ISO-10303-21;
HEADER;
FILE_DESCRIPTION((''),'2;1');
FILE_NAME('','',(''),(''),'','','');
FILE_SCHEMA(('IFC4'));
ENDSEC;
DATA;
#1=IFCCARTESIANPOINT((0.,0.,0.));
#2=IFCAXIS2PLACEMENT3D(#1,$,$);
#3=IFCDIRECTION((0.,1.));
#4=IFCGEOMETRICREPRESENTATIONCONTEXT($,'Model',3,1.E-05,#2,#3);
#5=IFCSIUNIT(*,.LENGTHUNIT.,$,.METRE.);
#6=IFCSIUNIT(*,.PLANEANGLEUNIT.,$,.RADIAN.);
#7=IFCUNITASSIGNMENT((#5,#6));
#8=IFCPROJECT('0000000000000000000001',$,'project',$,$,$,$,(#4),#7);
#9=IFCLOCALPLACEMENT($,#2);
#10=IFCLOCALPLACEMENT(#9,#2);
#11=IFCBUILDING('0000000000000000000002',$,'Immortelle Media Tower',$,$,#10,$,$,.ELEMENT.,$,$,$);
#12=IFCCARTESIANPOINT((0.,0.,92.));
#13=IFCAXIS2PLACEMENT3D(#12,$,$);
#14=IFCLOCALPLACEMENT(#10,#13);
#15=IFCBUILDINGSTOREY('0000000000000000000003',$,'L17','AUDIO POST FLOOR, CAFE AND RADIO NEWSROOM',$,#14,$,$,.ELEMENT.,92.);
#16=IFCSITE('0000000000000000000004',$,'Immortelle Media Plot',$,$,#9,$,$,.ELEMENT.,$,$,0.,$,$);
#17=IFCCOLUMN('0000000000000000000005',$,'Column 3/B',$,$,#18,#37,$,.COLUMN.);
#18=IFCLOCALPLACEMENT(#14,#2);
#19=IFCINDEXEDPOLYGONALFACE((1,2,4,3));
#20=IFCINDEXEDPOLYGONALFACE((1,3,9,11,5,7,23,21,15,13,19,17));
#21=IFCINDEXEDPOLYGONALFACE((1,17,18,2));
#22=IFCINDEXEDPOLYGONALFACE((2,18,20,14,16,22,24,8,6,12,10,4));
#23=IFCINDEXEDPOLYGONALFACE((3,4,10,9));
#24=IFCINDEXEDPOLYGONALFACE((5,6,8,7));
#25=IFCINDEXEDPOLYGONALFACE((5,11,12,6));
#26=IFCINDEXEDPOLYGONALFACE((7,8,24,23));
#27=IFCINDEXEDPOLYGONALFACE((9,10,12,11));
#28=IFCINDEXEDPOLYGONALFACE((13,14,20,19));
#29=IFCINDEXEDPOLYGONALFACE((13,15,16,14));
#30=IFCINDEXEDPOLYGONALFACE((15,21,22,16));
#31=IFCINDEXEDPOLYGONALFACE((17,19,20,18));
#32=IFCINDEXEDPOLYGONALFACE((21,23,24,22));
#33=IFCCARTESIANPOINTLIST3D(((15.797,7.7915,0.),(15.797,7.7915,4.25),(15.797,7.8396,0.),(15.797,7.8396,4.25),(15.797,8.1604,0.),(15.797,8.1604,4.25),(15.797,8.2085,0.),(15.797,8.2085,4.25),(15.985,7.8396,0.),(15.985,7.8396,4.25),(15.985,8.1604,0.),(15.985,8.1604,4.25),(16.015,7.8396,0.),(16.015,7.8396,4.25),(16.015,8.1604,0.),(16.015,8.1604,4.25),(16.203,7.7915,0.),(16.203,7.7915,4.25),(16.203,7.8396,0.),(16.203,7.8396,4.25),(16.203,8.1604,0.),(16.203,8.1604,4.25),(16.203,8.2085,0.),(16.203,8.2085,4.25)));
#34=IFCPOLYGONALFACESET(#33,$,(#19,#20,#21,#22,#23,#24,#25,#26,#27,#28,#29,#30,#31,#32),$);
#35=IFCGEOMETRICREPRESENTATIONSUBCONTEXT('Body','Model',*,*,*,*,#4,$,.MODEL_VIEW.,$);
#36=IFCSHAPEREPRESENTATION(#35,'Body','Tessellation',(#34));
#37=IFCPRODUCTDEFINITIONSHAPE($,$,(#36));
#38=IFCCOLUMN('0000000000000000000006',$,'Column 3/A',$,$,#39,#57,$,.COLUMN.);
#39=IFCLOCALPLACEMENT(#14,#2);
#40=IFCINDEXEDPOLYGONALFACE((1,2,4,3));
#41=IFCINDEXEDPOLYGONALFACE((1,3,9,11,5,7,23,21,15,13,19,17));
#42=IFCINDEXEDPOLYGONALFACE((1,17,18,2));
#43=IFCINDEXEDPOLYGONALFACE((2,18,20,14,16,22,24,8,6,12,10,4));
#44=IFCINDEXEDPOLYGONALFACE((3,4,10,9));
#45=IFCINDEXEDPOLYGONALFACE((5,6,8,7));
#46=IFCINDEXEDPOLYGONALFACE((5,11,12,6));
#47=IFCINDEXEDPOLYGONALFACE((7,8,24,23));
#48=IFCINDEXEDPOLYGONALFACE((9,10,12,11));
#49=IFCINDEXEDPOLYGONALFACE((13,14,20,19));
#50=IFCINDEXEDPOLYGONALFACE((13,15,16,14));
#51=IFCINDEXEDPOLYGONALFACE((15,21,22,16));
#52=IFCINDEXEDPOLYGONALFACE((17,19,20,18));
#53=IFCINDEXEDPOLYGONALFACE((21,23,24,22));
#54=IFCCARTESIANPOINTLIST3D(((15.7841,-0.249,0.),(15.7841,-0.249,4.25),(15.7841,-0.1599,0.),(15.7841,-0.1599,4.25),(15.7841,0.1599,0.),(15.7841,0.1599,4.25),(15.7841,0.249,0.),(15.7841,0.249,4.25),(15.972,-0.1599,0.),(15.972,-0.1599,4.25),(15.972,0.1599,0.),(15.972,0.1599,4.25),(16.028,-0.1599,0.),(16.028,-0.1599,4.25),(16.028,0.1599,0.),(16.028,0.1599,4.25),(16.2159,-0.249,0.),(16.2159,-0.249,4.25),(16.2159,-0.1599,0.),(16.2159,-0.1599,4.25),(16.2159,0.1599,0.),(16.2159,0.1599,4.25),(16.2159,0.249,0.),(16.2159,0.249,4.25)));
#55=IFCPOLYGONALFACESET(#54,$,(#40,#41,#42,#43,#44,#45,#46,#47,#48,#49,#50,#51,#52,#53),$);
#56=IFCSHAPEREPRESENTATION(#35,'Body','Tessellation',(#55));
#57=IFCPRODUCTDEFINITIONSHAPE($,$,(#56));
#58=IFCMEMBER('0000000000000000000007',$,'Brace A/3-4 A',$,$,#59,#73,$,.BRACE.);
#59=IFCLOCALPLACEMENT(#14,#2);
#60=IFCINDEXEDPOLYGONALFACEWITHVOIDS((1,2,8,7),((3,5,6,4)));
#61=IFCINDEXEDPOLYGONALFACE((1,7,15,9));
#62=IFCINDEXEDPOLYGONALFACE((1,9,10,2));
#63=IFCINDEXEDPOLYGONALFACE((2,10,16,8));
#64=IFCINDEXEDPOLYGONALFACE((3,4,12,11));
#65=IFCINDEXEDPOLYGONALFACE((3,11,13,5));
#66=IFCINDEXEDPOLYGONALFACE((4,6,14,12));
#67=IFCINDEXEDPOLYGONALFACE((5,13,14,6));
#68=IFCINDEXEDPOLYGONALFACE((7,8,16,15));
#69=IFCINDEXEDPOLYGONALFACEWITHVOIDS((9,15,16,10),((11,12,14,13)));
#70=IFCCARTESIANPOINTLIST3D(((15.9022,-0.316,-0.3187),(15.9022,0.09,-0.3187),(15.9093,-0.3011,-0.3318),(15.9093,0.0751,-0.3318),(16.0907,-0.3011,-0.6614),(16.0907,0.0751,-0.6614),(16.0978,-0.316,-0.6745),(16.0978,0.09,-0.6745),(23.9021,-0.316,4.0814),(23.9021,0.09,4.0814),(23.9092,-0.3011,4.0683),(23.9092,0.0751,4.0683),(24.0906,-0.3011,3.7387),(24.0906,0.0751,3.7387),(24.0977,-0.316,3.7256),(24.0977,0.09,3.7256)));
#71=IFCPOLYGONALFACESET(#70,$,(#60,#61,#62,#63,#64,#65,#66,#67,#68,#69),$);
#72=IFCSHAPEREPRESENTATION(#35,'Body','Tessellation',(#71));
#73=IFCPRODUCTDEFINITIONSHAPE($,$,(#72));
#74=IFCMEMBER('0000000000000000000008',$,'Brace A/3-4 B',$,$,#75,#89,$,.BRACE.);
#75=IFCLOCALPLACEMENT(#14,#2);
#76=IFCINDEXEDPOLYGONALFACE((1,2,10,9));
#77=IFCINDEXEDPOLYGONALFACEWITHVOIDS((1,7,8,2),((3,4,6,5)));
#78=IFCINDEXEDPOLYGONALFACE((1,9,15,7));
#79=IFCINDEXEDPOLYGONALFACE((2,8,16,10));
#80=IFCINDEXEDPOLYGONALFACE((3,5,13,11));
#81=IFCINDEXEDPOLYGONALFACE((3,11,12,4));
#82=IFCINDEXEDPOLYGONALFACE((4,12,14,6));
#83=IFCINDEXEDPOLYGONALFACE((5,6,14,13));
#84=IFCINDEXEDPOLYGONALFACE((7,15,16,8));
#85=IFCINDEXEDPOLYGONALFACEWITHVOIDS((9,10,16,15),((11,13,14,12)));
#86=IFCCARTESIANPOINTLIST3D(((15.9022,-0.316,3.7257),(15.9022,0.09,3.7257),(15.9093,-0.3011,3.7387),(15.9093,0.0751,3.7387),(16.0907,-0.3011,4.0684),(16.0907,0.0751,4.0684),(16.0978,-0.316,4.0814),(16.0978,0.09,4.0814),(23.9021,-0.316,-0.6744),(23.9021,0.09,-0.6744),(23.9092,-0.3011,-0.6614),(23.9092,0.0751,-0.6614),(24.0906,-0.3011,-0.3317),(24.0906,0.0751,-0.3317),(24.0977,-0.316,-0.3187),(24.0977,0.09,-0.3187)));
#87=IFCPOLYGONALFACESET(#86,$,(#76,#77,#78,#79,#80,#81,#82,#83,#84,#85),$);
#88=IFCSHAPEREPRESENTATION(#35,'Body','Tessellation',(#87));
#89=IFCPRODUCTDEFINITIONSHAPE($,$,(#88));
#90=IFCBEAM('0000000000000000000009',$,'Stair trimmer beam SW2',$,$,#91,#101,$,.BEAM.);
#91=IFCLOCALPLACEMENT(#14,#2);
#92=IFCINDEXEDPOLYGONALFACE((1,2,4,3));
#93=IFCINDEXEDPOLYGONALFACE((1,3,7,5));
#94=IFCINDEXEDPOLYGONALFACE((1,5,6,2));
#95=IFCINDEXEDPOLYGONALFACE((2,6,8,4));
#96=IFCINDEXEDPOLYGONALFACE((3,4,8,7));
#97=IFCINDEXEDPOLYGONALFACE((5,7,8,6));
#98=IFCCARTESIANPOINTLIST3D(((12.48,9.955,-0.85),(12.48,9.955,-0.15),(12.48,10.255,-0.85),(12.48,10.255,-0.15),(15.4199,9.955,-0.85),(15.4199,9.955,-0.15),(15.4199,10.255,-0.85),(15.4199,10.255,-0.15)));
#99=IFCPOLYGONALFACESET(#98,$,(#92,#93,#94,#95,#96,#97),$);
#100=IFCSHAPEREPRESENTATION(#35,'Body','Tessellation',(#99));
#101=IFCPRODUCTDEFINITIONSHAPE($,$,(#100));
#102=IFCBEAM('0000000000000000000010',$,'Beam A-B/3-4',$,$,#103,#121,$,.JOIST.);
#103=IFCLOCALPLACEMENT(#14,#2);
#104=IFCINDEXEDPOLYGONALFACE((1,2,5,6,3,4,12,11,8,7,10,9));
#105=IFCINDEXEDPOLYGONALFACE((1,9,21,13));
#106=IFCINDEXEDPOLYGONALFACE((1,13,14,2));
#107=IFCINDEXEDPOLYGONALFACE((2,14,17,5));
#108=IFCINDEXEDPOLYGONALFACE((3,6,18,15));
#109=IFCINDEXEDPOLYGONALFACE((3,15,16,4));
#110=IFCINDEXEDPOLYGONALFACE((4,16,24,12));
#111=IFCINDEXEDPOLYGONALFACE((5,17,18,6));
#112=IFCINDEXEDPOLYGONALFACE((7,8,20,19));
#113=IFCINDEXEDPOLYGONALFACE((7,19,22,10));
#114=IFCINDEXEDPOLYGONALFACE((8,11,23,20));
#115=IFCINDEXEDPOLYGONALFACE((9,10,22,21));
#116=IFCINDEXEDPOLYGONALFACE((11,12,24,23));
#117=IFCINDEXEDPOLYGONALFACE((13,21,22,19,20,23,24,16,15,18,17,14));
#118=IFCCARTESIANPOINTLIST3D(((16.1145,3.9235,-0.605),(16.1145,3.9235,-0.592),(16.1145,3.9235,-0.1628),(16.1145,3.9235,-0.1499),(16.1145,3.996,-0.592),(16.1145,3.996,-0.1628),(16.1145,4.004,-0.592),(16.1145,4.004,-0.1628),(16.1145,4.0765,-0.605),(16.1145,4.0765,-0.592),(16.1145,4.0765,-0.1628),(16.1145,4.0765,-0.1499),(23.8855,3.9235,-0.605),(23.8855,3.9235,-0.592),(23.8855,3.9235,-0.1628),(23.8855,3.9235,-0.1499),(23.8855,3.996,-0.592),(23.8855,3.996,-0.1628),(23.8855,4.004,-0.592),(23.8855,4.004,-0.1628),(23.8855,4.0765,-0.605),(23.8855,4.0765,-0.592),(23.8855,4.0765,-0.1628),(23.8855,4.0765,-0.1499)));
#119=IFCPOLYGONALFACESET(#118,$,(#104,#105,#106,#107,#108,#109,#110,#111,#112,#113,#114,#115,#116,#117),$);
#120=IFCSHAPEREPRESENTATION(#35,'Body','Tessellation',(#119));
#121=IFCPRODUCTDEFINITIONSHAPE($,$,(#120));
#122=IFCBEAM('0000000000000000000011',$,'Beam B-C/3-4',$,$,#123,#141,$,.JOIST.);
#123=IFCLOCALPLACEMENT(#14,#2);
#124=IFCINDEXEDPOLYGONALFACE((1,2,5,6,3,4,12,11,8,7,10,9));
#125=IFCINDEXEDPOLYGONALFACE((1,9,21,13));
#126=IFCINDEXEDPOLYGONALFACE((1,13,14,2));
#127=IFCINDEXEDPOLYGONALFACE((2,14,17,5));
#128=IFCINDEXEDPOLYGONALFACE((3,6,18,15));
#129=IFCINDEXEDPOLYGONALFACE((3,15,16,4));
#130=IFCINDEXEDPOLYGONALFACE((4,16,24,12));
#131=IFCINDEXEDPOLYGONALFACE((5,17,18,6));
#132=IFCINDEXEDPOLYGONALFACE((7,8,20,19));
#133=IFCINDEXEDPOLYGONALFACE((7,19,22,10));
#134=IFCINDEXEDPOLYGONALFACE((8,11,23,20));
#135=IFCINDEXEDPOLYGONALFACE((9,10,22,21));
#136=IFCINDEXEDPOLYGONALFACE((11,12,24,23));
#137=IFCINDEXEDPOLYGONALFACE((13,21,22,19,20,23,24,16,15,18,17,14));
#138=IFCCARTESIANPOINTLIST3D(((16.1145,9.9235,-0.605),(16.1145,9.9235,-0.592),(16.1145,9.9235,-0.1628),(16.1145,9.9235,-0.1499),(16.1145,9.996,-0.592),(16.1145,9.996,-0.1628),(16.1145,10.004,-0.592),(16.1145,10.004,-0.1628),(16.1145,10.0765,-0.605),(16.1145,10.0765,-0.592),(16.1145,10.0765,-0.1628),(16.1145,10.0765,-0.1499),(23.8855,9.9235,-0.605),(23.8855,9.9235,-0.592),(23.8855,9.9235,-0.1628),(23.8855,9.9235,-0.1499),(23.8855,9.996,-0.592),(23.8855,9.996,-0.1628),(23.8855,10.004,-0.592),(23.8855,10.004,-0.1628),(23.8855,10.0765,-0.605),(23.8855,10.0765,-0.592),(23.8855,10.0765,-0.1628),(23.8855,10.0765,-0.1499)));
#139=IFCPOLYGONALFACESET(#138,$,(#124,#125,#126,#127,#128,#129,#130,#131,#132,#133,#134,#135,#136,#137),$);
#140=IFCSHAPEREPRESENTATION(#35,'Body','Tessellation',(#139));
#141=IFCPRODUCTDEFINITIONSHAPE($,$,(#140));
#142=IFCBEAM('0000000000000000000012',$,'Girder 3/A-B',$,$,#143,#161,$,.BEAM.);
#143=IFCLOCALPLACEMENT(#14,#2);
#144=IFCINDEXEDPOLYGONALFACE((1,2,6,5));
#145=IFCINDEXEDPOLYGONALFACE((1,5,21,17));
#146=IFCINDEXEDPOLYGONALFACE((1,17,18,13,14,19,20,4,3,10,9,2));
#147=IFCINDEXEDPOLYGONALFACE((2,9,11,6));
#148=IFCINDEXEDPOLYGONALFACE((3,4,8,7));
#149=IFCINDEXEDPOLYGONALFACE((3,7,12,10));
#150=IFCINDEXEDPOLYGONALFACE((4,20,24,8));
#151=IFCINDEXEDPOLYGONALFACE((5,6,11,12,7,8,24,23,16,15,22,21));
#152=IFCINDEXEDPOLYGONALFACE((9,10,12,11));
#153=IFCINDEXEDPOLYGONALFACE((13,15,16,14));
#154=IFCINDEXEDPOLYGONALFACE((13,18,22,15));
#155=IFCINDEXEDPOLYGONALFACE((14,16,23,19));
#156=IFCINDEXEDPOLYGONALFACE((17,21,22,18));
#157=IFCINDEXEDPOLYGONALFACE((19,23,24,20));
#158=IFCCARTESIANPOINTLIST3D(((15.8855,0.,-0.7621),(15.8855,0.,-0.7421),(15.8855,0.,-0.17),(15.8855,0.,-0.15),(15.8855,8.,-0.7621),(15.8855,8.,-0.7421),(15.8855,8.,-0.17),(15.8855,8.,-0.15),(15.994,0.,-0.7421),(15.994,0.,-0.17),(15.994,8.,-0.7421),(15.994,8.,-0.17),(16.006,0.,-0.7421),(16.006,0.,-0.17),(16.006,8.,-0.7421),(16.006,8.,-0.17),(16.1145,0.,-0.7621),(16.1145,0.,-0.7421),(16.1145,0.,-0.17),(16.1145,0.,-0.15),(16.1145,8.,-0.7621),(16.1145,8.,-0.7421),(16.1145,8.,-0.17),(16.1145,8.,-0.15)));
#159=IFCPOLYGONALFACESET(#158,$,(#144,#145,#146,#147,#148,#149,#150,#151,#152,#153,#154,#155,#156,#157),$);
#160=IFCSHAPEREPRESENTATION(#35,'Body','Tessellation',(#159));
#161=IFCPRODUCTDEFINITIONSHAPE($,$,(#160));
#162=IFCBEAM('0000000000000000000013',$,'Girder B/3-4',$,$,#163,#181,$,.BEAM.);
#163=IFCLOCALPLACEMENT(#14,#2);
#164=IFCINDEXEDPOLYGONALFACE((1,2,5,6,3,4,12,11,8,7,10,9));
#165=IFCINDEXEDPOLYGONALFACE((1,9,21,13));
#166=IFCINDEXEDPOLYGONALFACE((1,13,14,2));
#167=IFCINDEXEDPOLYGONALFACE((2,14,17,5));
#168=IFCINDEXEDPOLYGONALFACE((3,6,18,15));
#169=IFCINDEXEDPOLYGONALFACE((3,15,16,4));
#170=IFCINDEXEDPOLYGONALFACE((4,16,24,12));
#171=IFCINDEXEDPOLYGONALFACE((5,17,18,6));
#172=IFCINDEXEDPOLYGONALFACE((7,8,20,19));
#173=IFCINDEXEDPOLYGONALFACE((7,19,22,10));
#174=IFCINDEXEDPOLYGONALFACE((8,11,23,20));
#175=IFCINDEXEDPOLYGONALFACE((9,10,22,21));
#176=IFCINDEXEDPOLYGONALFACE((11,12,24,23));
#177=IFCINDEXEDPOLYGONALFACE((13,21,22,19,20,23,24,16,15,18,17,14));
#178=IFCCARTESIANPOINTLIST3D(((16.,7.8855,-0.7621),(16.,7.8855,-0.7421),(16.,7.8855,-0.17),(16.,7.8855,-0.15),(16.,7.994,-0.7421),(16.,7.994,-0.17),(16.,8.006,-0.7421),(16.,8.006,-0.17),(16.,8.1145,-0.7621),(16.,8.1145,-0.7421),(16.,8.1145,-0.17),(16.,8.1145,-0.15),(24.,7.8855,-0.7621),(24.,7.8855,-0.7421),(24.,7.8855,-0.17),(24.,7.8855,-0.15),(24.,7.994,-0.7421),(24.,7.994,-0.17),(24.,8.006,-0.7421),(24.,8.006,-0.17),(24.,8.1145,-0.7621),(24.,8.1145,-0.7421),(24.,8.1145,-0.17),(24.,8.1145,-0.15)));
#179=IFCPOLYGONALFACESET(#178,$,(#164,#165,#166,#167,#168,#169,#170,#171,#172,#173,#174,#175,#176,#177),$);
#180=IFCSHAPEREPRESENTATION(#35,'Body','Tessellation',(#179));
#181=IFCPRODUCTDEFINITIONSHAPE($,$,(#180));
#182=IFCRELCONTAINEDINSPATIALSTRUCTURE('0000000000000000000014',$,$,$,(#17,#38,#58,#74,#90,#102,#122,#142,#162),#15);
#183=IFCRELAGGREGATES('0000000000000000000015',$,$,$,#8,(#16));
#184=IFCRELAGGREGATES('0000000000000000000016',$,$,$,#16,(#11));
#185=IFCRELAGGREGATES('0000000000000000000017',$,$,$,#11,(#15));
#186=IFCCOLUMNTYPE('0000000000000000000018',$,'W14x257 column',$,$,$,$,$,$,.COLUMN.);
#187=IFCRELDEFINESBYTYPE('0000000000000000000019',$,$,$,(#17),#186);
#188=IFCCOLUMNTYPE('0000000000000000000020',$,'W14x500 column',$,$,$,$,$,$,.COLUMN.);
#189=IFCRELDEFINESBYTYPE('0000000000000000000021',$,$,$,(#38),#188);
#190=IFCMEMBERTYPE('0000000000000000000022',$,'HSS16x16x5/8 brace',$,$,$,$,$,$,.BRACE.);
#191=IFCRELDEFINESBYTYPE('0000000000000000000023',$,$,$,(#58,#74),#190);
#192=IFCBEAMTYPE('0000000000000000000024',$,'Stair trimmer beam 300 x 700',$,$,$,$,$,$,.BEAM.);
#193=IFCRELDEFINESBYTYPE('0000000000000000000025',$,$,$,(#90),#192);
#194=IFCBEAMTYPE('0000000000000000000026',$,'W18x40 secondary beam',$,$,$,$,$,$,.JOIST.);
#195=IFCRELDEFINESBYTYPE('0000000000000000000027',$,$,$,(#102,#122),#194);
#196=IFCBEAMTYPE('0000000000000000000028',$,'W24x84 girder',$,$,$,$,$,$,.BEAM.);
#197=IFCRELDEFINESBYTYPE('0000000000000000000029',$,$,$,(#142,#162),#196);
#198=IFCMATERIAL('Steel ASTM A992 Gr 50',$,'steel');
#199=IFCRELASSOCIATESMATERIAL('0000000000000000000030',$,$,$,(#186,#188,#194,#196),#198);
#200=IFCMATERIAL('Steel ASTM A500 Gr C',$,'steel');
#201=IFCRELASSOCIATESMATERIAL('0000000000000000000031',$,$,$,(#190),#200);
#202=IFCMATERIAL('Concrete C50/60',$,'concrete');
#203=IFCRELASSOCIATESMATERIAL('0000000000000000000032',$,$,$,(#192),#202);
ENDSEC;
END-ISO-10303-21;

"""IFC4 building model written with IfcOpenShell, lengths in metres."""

from ifc_helpers import new_model, si_unit, direction, frame, origin, origin_2d, place, context, subcontext, project, spatial, rectangle, hollow_rectangle, i_section, extrude, material, material_profile, profile_set, type_object, element, save


model = new_model("IFC4")

# Units and contexts
model_context = context("Model", 3, precision=1e-05, world=origin(), true_north=direction((0.0, 1.0)))
body_context = subcontext(model_context, "Body", "Model", "MODEL_VIEW")
ifc_project = project(units=[si_unit("LENGTHUNIT", "METRE"), si_unit("PLANEANGLEUNIT", "RADIAN")], contexts=[model_context])

# Site, building, storey
site_placement = place(None, origin())
site = spatial("IfcSite", under=ifc_project, at=site_placement, Name="Immortelle Media Plot", CompositionType="ELEMENT", RefElevation=0.0)
building_placement = place(site_placement, origin())
building = spatial("IfcBuilding", under=site, at=building_placement, Name="Immortelle Media Tower", CompositionType="ELEMENT")
storey_placement = place(building_placement, frame((0.0, 0.0, 92.0)))
storey = spatial("IfcBuildingStorey", under=building, at=storey_placement, Name="L17", Description="AUDIO POST FLOOR, CAFE AND RADIO NEWSROOM", CompositionType="ELEMENT", Elevation=92.0)

# Columns
ifc_material_1 = material(Name="Steel ASTM A992 Gr 50", Category="steel")
ifc_material_profile_1 = material_profile(ifc_material_1, i_section(OverallWidth=0.406, OverallDepth=0.417, WebThickness=0.03, FlangeThickness=0.0481, at=origin_2d()), Name="W14x257")
ifc_profile_set_1 = profile_set([ifc_material_profile_1], Name="Steel ASTM A992 Gr 50")
column_type_1 = type_object("IfcColumnType", Name="W14x257 column", PredefinedType="COLUMN", material=ifc_profile_set_1)
column_1_placement = place(storey_placement, frame((16.0, 8.0, 0.0), z_axis=(0.0, 0.0, 1.0), x_axis=(1.0, 0.0, 0.0)))
element("IfcColumn", 1, at=column_1_placement, inside=storey, type_object=column_type_1, Name="Column 3/B", PredefinedType="COLUMN", context=body_context, shape_type="SweptSolid", body=[
    extrude(i_section(OverallWidth=0.406, OverallDepth=0.417, WebThickness=0.03, FlangeThickness=0.0481, at=origin_2d()), origin(), (0.0, 0.0, 1.0), 4.25),
])
ifc_material_profile_2 = material_profile(ifc_material_1, i_section(OverallWidth=0.4319, OverallDepth=0.498, WebThickness=0.0559, FlangeThickness=0.0891, at=origin_2d()), Name="W14x500")
ifc_profile_set_2 = profile_set([ifc_material_profile_2], Name="Steel ASTM A992 Gr 50")
column_type_2 = type_object("IfcColumnType", Name="W14x500 column", PredefinedType="COLUMN", material=ifc_profile_set_2)
column_2_placement = place(storey_placement, frame((16.0, 0.0, 0.0), z_axis=(0.0, 0.0, 1.0), x_axis=(1.0, 0.0, 0.0)))
element("IfcColumn", 2, at=column_2_placement, inside=storey, type_object=column_type_2, Name="Column 3/A", PredefinedType="COLUMN", context=body_context, shape_type="SweptSolid", body=[
    extrude(i_section(OverallWidth=0.4319, OverallDepth=0.498, WebThickness=0.0559, FlangeThickness=0.0891, at=origin_2d()), origin(), (0.0, 0.0, 1.0), 4.25),
])

# Members
ifc_material_2 = material(Name="Steel ASTM A500 Gr C", Category="steel")
ifc_material_profile_3 = material_profile(ifc_material_2, hollow_rectangle(XDim=0.406, YDim=0.406, WallThickness=0.0149, at=origin_2d()), Name="HSS16x16x5/8 brace")
ifc_profile_set_3 = profile_set([ifc_material_profile_3], Name="Steel ASTM A500 Gr C")
member_type = type_object("IfcMemberType", Name="HSS16x16x5/8 brace", PredefinedType="BRACE", material=ifc_profile_set_3)
for number, where, z_axis, x_axis, name in (
    (3, (16.0, -0.113, -0.4966), (0.876209, 0.0, 0.481931), (0.0, 1.0, 0.0), "Brace A/3-4 A"),
    (4, (16.0, -0.113, 3.9036), (0.876209, 0.0, -0.481931), (0.0, 1.0, 0.0), "Brace A/3-4 B"),
):
    element("IfcMember", number, at=place(storey_placement, frame(where, z_axis=z_axis, x_axis=x_axis)), inside=storey, type_object=member_type, Name=name, PredefinedType="BRACE", context=body_context, shape_type="SweptSolid", body=[
        extrude(hollow_rectangle(XDim=0.406, YDim=0.406, WallThickness=0.0149, at=origin_2d()), origin(), (0.0, 0.0, 1.0), 9.1301),
    ])

# Beams
ifc_material_3 = material(Name="Concrete C50/60", Category="concrete")
ifc_material_profile_4 = material_profile(ifc_material_3, rectangle(XDim=0.3, YDim=0.7, at=origin_2d()), Name="RC 300x700")
ifc_profile_set_4 = profile_set([ifc_material_profile_4], Name="Concrete C50/60")
beam_type_1 = type_object("IfcBeamType", Name="Stair trimmer beam 300 x 700", PredefinedType="BEAM", material=ifc_profile_set_4)
beam_1_placement = place(storey_placement, frame((12.48, 10.105, -0.5), z_axis=(1.0, 0.0, 0.0), x_axis=(0.0, 1.0, 0.0)))
element("IfcBeam", 5, at=beam_1_placement, inside=storey, type_object=beam_type_1, Name="Stair trimmer beam SW2", PredefinedType="BEAM", context=body_context, shape_type="SweptSolid", body=[
    extrude(rectangle(XDim=0.3, YDim=0.7, at=origin_2d()), origin(), (0.0, 0.0, 1.0), 2.9399),
])
ifc_material_profile_5 = material_profile(ifc_material_1, i_section(OverallWidth=0.1531, OverallDepth=0.4551, WebThickness=0.0081, FlangeThickness=0.0129, at=origin_2d()), Name="W18x40")
ifc_profile_set_5 = profile_set([ifc_material_profile_5], Name="Steel ASTM A992 Gr 50")
beam_type_2 = type_object("IfcBeamType", Name="W18x40 secondary beam", PredefinedType="JOIST", material=ifc_profile_set_5)
for number, where, z_axis, x_axis, name in (
    (6, (16.1145, 4.0, -0.3774), (1.0, 0.0, 0.0), (0.0, 1.0, 0.0), "Beam A-B/3-4"),
    (7, (16.1145, 10.0, -0.3774), (1.0, 0.0, 0.0), (0.0, 1.0, 0.0), "Beam B-C/3-4"),
):
    element("IfcBeam", number, at=place(storey_placement, frame(where, z_axis=z_axis, x_axis=x_axis)), inside=storey, type_object=beam_type_2, Name=name, PredefinedType="JOIST", context=body_context, shape_type="SweptSolid", body=[
        extrude(i_section(OverallWidth=0.1531, OverallDepth=0.4551, WebThickness=0.0081, FlangeThickness=0.0129, at=origin_2d()), origin(), (0.0, 0.0, 1.0), 7.771),
    ])
ifc_material_profile_6 = material_profile(ifc_material_1, i_section(OverallWidth=0.229, OverallDepth=0.6121, WebThickness=0.012, FlangeThickness=0.02, at=origin_2d()), Name="W24x84")
ifc_profile_set_6 = profile_set([ifc_material_profile_6], Name="Steel ASTM A992 Gr 50")
beam_type_3 = type_object("IfcBeamType", Name="W24x84 girder", PredefinedType="BEAM", material=ifc_profile_set_6)
for number, where, z_axis, x_axis, name in (
    (8, (16.0, 0.0, -0.4561), (0.0, 1.0, 0.0), (-1.0, 0.0, 0.0), "Girder 3/A-B"),
    (9, (16.0, 8.0, -0.4561), (1.0, 0.0, 0.0), (0.0, 1.0, 0.0), "Girder B/3-4"),
):
    element("IfcBeam", number, at=place(storey_placement, frame(where, z_axis=z_axis, x_axis=x_axis)), inside=storey, type_object=beam_type_3, Name=name, PredefinedType="BEAM", context=body_context, shape_type="SweptSolid", body=[
        extrude(i_section(OverallWidth=0.229, OverallDepth=0.6121, WebThickness=0.012, FlangeThickness=0.02, at=origin_2d()), origin(), (0.0, 0.0, 1.0), 8.0),
    ])

save(model, "model.ifc")
